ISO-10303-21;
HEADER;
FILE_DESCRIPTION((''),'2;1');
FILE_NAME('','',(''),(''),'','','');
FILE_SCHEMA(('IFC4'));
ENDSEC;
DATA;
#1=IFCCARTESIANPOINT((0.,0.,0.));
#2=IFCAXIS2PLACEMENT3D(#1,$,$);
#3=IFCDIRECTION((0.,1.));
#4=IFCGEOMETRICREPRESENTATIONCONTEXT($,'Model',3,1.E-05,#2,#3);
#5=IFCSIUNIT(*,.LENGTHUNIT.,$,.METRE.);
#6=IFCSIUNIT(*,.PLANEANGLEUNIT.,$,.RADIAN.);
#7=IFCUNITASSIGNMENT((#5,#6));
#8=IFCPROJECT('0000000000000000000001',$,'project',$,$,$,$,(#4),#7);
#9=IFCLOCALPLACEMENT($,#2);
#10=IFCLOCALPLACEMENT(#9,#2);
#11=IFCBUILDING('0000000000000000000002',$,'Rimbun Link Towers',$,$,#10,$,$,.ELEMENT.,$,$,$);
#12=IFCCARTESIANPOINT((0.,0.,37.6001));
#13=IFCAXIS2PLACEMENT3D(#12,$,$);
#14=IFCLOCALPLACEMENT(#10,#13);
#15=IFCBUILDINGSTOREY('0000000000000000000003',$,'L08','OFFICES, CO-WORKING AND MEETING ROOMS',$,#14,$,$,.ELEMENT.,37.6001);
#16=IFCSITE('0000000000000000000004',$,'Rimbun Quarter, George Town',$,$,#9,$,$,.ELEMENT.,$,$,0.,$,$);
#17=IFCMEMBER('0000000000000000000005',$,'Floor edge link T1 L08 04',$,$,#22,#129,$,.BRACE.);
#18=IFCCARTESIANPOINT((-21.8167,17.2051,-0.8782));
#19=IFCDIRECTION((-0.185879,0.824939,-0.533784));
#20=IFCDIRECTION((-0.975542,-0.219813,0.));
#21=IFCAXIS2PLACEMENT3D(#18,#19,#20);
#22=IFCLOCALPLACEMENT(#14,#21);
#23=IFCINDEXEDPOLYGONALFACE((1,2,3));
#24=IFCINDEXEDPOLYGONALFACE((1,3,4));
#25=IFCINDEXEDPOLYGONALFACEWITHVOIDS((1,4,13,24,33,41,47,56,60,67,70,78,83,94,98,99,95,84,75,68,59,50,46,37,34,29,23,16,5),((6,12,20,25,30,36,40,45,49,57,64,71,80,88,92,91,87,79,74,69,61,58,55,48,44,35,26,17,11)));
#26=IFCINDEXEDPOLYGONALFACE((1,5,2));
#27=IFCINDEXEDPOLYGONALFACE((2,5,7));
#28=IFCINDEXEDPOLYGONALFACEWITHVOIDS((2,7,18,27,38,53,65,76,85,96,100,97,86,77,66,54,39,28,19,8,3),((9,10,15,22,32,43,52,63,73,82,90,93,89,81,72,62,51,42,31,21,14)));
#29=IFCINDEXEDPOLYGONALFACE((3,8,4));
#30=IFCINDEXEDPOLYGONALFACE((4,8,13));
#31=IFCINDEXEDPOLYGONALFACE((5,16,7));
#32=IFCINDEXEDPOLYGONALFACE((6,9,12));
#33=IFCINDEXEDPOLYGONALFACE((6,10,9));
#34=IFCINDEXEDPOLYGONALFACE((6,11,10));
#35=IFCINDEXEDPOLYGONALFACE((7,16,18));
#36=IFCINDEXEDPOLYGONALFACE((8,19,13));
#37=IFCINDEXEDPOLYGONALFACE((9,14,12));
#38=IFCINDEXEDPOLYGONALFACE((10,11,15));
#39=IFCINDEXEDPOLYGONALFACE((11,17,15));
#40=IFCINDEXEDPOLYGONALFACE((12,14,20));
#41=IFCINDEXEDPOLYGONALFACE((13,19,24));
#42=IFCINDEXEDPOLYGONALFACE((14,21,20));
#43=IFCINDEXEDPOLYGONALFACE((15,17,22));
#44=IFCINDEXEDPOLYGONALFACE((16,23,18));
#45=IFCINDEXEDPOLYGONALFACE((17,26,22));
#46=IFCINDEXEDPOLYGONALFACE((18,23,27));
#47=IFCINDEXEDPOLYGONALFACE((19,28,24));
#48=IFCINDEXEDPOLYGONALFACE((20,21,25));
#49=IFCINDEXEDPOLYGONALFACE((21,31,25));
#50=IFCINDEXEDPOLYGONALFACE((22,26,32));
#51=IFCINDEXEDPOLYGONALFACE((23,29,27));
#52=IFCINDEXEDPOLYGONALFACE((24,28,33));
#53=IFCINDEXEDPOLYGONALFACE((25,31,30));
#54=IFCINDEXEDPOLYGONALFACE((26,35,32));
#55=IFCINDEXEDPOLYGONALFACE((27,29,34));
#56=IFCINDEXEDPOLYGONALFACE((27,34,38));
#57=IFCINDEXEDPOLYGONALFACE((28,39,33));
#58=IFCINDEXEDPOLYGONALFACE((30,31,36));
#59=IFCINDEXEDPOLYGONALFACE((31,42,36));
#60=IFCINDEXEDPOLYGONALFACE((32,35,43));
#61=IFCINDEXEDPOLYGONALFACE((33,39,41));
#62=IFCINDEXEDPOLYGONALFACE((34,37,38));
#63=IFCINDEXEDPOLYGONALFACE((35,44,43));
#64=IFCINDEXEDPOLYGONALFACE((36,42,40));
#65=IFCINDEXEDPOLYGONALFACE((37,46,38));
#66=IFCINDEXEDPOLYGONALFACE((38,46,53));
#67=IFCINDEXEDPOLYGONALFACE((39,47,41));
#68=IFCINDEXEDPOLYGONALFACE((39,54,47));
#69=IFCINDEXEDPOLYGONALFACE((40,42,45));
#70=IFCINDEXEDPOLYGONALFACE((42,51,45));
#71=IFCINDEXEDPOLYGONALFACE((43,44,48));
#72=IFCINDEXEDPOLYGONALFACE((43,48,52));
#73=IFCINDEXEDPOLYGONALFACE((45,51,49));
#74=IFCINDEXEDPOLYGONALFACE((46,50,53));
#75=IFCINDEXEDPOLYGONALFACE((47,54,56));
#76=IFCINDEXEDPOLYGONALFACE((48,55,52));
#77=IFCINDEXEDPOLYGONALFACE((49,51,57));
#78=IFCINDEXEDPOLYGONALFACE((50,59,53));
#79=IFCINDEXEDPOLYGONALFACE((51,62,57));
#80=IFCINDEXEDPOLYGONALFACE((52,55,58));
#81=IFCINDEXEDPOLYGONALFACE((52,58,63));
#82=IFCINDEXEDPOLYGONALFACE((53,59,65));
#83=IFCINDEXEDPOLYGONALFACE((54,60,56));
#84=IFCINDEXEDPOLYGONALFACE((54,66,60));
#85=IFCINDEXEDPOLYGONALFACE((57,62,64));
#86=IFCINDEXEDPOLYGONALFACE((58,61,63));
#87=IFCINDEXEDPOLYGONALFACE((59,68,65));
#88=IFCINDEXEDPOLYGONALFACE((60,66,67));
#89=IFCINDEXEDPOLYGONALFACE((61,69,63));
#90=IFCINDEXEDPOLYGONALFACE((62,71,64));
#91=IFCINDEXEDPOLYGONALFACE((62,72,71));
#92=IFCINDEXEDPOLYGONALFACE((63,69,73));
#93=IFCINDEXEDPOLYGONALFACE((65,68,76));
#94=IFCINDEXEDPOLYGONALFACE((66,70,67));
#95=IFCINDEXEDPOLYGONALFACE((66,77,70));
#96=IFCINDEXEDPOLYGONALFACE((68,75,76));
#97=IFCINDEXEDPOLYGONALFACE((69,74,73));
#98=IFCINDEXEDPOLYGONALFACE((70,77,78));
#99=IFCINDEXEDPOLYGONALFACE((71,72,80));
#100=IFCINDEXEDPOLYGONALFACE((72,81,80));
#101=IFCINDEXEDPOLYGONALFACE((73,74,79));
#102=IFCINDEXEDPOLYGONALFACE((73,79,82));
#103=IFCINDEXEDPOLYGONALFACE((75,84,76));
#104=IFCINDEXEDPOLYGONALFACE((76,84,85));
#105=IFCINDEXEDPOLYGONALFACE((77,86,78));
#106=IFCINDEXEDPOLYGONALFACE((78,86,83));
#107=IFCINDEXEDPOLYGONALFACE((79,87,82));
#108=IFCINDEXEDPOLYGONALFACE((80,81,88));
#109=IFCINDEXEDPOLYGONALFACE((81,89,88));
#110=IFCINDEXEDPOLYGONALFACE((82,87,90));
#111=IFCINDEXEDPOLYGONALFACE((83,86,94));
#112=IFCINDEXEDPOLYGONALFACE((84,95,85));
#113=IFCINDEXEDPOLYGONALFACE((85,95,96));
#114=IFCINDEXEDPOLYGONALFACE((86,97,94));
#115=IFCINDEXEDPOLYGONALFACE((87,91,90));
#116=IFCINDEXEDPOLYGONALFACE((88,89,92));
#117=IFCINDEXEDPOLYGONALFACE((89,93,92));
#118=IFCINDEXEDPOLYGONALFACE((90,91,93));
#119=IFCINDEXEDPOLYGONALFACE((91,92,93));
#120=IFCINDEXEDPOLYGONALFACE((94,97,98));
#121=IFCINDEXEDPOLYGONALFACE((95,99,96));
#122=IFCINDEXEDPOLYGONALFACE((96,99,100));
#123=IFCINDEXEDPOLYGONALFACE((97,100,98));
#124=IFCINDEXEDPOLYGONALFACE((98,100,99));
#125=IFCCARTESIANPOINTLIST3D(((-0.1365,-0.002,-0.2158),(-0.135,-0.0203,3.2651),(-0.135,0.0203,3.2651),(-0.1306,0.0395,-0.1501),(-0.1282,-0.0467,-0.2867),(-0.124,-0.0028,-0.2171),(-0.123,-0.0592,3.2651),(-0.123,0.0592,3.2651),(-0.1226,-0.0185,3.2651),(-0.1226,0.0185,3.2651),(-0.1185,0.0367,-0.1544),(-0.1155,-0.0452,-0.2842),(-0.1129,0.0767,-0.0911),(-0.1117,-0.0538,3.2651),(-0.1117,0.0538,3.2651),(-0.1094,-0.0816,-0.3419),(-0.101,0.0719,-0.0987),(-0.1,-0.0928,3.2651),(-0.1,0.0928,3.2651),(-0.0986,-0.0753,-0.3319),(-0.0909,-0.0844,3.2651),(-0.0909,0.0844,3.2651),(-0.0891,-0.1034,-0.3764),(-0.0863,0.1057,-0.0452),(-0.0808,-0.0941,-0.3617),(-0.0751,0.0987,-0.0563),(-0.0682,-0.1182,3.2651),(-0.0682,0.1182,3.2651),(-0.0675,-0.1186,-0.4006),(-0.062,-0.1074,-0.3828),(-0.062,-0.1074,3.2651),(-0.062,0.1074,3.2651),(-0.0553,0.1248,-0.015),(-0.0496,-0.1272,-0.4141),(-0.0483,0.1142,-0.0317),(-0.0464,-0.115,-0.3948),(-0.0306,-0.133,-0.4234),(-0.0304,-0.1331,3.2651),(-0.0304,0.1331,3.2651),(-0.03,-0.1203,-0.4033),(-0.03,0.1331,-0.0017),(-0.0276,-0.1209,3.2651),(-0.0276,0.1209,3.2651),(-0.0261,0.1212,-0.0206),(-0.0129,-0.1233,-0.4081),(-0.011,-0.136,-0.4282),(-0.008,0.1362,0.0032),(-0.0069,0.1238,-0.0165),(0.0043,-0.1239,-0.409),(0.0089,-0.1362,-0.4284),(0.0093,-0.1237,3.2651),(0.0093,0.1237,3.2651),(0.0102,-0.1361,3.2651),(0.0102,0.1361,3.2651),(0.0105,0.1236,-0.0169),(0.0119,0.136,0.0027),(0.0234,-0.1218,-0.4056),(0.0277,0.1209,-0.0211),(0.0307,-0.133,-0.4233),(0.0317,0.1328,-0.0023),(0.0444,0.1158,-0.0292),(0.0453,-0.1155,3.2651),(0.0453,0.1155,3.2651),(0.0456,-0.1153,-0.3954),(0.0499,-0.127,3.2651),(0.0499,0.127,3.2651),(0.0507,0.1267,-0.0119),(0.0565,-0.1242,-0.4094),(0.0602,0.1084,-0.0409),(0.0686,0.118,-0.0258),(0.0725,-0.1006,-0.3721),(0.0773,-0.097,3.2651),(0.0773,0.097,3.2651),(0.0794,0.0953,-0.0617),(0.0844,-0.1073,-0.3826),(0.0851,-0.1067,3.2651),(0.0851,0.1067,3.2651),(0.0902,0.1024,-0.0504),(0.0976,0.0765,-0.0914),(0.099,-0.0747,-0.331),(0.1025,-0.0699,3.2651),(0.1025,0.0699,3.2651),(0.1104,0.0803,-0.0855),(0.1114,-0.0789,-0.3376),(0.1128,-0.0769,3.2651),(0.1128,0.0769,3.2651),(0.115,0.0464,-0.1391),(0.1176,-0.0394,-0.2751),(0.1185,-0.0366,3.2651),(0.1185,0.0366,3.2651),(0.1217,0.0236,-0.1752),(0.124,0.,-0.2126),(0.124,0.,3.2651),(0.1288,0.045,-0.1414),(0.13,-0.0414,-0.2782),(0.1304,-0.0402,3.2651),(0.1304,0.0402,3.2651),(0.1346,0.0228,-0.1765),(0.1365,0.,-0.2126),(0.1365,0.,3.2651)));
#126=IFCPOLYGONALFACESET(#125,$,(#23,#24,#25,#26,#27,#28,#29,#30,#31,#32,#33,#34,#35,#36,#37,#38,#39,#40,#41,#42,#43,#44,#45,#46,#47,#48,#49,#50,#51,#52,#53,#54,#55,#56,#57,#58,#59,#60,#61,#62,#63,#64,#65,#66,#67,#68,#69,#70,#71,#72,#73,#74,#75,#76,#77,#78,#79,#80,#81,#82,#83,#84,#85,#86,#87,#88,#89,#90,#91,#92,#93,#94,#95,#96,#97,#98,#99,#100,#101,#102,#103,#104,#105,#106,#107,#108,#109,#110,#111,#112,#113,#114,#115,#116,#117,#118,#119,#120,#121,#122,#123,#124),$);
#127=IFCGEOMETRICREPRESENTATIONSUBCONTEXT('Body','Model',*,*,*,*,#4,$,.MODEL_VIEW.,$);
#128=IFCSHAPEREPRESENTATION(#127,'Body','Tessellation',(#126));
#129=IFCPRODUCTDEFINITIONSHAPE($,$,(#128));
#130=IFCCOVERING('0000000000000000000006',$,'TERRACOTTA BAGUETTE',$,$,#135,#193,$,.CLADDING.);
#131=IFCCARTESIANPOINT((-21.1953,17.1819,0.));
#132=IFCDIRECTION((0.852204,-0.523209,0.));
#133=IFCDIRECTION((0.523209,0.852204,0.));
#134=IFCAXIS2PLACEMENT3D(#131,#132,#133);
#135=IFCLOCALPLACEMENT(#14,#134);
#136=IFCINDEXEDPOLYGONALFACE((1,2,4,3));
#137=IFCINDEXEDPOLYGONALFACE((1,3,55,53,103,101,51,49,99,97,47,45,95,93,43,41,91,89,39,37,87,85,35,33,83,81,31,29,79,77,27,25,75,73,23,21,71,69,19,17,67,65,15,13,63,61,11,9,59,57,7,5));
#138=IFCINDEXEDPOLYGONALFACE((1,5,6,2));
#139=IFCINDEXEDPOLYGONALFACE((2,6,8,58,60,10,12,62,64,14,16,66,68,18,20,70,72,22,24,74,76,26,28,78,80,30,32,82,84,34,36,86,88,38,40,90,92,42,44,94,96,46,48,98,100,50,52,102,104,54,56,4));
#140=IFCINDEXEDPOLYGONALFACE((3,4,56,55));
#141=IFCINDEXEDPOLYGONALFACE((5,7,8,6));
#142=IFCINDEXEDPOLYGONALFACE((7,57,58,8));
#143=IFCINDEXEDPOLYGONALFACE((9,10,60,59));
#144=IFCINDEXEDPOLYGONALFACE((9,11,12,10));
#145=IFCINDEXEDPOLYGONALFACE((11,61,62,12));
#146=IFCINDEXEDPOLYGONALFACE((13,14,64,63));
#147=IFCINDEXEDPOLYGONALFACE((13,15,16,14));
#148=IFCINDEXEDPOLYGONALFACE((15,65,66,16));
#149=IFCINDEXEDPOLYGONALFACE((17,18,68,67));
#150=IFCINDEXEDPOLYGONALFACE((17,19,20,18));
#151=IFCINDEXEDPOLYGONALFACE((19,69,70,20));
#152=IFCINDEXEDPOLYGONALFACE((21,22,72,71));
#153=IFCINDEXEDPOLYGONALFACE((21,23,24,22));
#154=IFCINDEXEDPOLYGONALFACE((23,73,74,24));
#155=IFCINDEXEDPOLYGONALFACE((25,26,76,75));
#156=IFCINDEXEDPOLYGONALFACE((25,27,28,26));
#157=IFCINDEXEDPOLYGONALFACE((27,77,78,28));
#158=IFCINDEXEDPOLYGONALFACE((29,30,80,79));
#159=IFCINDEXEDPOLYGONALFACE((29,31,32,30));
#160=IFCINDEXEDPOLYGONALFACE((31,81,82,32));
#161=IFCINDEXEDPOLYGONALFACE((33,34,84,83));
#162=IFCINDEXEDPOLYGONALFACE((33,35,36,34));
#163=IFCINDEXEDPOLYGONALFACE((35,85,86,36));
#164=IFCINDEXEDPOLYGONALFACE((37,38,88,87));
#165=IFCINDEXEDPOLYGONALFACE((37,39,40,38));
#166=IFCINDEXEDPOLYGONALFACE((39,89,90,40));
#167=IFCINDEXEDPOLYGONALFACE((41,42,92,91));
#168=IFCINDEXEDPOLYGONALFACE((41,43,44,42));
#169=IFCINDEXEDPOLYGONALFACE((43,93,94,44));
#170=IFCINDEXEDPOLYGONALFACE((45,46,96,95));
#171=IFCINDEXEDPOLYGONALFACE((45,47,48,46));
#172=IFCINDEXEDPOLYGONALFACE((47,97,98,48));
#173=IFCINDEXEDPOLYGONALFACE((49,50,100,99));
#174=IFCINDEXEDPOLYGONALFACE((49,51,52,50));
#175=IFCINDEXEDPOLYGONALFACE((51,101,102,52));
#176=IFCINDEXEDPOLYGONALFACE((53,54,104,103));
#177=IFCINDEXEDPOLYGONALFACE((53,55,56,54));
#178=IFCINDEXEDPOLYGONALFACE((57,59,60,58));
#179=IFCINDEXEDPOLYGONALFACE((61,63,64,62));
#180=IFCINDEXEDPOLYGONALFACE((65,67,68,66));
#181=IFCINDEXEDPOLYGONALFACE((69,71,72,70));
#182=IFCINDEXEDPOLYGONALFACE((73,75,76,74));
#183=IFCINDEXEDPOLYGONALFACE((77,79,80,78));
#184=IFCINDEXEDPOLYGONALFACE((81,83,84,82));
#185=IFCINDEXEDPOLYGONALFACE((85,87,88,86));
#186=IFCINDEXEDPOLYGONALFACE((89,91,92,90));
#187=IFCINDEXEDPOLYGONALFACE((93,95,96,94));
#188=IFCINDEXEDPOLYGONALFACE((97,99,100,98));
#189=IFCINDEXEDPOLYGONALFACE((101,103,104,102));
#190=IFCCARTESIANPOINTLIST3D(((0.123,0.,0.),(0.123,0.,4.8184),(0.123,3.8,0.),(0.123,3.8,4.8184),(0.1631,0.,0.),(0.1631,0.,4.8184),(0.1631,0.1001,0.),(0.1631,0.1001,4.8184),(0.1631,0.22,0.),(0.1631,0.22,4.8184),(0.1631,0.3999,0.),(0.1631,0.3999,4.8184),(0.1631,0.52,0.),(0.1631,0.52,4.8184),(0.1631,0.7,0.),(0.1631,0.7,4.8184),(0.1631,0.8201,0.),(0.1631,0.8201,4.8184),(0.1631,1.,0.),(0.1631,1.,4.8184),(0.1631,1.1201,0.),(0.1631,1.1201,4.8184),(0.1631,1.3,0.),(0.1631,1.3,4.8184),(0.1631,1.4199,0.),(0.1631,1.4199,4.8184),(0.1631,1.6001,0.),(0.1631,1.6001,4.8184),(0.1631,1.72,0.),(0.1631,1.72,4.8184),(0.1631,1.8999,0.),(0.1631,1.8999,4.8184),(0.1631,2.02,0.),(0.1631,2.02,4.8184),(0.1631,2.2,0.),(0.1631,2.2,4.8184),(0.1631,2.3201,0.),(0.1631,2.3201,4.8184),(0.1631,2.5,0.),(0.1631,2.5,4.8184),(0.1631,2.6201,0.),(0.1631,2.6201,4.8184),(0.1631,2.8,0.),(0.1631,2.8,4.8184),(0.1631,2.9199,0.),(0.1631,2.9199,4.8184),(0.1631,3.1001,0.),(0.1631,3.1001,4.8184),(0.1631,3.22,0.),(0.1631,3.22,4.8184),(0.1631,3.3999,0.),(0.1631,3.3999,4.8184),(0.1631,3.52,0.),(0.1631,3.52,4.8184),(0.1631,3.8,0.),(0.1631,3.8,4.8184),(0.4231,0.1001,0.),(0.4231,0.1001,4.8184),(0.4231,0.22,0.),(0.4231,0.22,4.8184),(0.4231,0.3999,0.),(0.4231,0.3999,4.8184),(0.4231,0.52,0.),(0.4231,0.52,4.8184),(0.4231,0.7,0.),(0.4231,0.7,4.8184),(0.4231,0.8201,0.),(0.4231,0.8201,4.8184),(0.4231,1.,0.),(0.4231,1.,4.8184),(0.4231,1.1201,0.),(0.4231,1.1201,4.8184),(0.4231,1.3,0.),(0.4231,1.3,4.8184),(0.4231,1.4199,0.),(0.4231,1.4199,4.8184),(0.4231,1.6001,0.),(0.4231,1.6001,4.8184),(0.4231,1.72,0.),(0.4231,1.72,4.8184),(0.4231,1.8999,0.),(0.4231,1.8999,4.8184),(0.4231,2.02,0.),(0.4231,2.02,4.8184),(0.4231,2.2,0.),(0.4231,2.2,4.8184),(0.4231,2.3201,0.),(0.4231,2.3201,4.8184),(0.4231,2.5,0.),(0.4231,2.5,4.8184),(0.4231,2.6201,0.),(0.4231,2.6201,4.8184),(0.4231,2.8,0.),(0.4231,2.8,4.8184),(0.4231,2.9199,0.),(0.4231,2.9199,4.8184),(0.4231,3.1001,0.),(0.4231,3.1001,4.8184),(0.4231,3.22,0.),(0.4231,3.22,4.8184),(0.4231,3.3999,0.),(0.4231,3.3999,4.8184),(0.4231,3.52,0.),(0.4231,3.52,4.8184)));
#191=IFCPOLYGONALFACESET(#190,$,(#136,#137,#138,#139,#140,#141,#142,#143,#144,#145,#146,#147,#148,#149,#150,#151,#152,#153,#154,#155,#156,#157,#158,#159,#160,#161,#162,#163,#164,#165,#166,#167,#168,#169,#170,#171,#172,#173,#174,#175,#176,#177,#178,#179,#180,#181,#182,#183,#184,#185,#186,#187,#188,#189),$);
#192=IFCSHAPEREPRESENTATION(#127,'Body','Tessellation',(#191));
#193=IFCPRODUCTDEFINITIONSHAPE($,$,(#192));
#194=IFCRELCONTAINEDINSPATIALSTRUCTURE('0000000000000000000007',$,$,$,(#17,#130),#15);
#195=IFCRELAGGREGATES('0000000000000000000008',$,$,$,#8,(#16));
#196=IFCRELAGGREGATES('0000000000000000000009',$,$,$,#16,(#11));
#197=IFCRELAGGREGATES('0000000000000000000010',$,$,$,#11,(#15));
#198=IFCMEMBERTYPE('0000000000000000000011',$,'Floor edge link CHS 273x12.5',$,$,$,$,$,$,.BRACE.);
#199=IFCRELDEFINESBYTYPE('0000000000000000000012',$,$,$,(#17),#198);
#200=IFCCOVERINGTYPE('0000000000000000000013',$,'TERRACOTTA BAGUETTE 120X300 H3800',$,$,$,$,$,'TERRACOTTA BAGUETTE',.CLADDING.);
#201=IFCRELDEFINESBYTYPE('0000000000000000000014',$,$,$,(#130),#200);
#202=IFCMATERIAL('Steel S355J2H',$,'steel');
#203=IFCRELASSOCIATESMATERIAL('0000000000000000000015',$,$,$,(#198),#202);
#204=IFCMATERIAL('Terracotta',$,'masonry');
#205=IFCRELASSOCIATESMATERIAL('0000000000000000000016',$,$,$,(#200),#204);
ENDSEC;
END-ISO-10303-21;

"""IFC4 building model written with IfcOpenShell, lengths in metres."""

from ifc_helpers import new_model, si_unit, direction, frame, origin, origin_2d, place, context, subcontext, project, spatial, polyline, hollow_circle, outline, extrude, clip, halfspace, material, material_profile, profile_set, type_object, element, save


model = new_model("IFC4")

# Units and contexts
model_context = context("Model", 3, precision=1e-05, world=origin(), true_north=direction((0.0, 1.0)))
body_context = subcontext(model_context, "Body", "Model", "MODEL_VIEW")
ifc_project = project(units=[si_unit("LENGTHUNIT", "METRE"), si_unit("PLANEANGLEUNIT", "RADIAN")], contexts=[model_context])

# Site, building, storey
site_placement = place(None, origin())
site = spatial("IfcSite", under=ifc_project, at=site_placement, Name="Rimbun Quarter, George Town", CompositionType="ELEMENT", RefElevation=0.0)
building_placement = place(site_placement, origin())
building = spatial("IfcBuilding", under=site, at=building_placement, Name="Rimbun Link Towers", CompositionType="ELEMENT")
storey_placement = place(building_placement, frame((0.0, 0.0, 37.6001)))
storey = spatial("IfcBuildingStorey", under=building, at=storey_placement, Name="L08", Description="OFFICES, CO-WORKING AND MEETING ROOMS", CompositionType="ELEMENT", Elevation=37.6001)

# Member
ifc_material_1 = material(Name="Steel S355J2H", Category="steel")
ifc_material_profile_1 = material_profile(ifc_material_1, hollow_circle(Radius=0.1365, WallThickness=0.0125, at=origin_2d()), Name="CHS 273x12.5")
ifc_profile_set_1 = profile_set([ifc_material_profile_1], Name="Steel S355J2H")
member_type_1 = type_object("IfcMemberType", Name="Floor edge link CHS 273x12.5", PredefinedType="BRACE", material=ifc_profile_set_1)
member_1_placement = place(storey_placement, frame((-21.8167, 17.2051, -0.8782), z_axis=(-0.185879, 0.824939, -0.533784), x_axis=(-0.975542, -0.219813, 0.0)))
element("IfcMember", 1, at=member_1_placement, inside=storey, type_object=member_type_1, Name="Floor edge link T1 L08 04", PredefinedType="BRACE", context=body_context, shape_type="Clipping", body=[
    clip(extrude(hollow_circle(Radius=0.1365, WallThickness=0.0125, at=origin_2d()), frame((0.0, 0.0, -0.4512)), (0.0, 0.0, 1.0), 3.7163), halfspace(frame((0.0, 0.0, -0.2126), z_axis=(0.0, 0.845621, -0.533784)), False)),
])

# Covering
ifc_material_2 = material(Name="Terracotta", Category="masonry")
ifc_material_profile_2 = material_profile(ifc_material_2, outline(polyline([(0.123, 0.0), (0.1631, 0.0), (0.1631, 0.1001), (0.4231, 0.1001), (0.4231, 0.22), (0.1631, 0.22), (0.1631, 0.3999), (0.4231, 0.3999), (0.4231, 0.52), (0.1631, 0.52), (0.1631, 0.7), (0.4231, 0.7), (0.4231, 0.8201), (0.1631, 0.8201), (0.1631, 1.0), (0.4231, 1.0), (0.4231, 1.1201), (0.1631, 1.1201), (0.1631, 1.3), (0.4231, 1.3), (0.4231, 1.4199), (0.1631, 1.4199), (0.1631, 1.6001), (0.4231, 1.6001), (0.4231, 1.72), (0.1631, 1.72), (0.1631, 1.8999), (0.4231, 1.8999), (0.4231, 2.02), (0.1631, 2.02), (0.1631, 2.2), (0.4231, 2.2), (0.4231, 2.3201), (0.1631, 2.3201), (0.1631, 2.5), (0.4231, 2.5), (0.4231, 2.6201), (0.1631, 2.6201), (0.1631, 2.8), (0.4231, 2.8), (0.4231, 2.9199), (0.1631, 2.9199), (0.1631, 3.1001), (0.4231, 3.1001), (0.4231, 3.22), (0.1631, 3.22), (0.1631, 3.3999), (0.4231, 3.3999), (0.4231, 3.52), (0.1631, 3.52), (0.1631, 3.8), (0.123, 3.8), (0.123, 0.0)])), Name="BAGUETTE 120X300")
ifc_profile_set_2 = profile_set([ifc_material_profile_2], Name="Terracotta")
covering_type = type_object("IfcCoveringType", Name="TERRACOTTA BAGUETTE 120X300 H3800", ElementType="TERRACOTTA BAGUETTE", PredefinedType="CLADDING", material=ifc_profile_set_2)
covering_1_placement = place(storey_placement, frame((-21.1953, 17.1819, 0.0), z_axis=(0.852204, -0.523209, 0.0), x_axis=(0.523209, 0.852204, 0.0)))
element("IfcCovering", 2, at=covering_1_placement, inside=storey, type_object=covering_type, Name="TERRACOTTA BAGUETTE", PredefinedType="CLADDING", context=body_context, shape_type="SweptSolid", body=[
    extrude(outline(polyline([(0.123, 0.0), (0.1631, 0.0), (0.1631, 0.1001), (0.4231, 0.1001), (0.4231, 0.22), (0.1631, 0.22), (0.1631, 0.3999), (0.4231, 0.3999), (0.4231, 0.52), (0.1631, 0.52), (0.1631, 0.7), (0.4231, 0.7), (0.4231, 0.8201), (0.1631, 0.8201), (0.1631, 1.0), (0.4231, 1.0), (0.4231, 1.1201), (0.1631, 1.1201), (0.1631, 1.3), (0.4231, 1.3), (0.4231, 1.4199), (0.1631, 1.4199), (0.1631, 1.6001), (0.4231, 1.6001), (0.4231, 1.72), (0.1631, 1.72), (0.1631, 1.8999), (0.4231, 1.8999), (0.4231, 2.02), (0.1631, 2.02), (0.1631, 2.2), (0.4231, 2.2), (0.4231, 2.3201), (0.1631, 2.3201), (0.1631, 2.5), (0.4231, 2.5), (0.4231, 2.6201), (0.1631, 2.6201), (0.1631, 2.8), (0.4231, 2.8), (0.4231, 2.9199), (0.1631, 2.9199), (0.1631, 3.1001), (0.4231, 3.1001), (0.4231, 3.22), (0.1631, 3.22), (0.1631, 3.3999), (0.4231, 3.3999), (0.4231, 3.52), (0.1631, 3.52), (0.1631, 3.8), (0.123, 3.8), (0.123, 0.0)])), origin(), (0.0, 0.0, 1.0), 4.8184),
])

save(model, "model.ifc")
